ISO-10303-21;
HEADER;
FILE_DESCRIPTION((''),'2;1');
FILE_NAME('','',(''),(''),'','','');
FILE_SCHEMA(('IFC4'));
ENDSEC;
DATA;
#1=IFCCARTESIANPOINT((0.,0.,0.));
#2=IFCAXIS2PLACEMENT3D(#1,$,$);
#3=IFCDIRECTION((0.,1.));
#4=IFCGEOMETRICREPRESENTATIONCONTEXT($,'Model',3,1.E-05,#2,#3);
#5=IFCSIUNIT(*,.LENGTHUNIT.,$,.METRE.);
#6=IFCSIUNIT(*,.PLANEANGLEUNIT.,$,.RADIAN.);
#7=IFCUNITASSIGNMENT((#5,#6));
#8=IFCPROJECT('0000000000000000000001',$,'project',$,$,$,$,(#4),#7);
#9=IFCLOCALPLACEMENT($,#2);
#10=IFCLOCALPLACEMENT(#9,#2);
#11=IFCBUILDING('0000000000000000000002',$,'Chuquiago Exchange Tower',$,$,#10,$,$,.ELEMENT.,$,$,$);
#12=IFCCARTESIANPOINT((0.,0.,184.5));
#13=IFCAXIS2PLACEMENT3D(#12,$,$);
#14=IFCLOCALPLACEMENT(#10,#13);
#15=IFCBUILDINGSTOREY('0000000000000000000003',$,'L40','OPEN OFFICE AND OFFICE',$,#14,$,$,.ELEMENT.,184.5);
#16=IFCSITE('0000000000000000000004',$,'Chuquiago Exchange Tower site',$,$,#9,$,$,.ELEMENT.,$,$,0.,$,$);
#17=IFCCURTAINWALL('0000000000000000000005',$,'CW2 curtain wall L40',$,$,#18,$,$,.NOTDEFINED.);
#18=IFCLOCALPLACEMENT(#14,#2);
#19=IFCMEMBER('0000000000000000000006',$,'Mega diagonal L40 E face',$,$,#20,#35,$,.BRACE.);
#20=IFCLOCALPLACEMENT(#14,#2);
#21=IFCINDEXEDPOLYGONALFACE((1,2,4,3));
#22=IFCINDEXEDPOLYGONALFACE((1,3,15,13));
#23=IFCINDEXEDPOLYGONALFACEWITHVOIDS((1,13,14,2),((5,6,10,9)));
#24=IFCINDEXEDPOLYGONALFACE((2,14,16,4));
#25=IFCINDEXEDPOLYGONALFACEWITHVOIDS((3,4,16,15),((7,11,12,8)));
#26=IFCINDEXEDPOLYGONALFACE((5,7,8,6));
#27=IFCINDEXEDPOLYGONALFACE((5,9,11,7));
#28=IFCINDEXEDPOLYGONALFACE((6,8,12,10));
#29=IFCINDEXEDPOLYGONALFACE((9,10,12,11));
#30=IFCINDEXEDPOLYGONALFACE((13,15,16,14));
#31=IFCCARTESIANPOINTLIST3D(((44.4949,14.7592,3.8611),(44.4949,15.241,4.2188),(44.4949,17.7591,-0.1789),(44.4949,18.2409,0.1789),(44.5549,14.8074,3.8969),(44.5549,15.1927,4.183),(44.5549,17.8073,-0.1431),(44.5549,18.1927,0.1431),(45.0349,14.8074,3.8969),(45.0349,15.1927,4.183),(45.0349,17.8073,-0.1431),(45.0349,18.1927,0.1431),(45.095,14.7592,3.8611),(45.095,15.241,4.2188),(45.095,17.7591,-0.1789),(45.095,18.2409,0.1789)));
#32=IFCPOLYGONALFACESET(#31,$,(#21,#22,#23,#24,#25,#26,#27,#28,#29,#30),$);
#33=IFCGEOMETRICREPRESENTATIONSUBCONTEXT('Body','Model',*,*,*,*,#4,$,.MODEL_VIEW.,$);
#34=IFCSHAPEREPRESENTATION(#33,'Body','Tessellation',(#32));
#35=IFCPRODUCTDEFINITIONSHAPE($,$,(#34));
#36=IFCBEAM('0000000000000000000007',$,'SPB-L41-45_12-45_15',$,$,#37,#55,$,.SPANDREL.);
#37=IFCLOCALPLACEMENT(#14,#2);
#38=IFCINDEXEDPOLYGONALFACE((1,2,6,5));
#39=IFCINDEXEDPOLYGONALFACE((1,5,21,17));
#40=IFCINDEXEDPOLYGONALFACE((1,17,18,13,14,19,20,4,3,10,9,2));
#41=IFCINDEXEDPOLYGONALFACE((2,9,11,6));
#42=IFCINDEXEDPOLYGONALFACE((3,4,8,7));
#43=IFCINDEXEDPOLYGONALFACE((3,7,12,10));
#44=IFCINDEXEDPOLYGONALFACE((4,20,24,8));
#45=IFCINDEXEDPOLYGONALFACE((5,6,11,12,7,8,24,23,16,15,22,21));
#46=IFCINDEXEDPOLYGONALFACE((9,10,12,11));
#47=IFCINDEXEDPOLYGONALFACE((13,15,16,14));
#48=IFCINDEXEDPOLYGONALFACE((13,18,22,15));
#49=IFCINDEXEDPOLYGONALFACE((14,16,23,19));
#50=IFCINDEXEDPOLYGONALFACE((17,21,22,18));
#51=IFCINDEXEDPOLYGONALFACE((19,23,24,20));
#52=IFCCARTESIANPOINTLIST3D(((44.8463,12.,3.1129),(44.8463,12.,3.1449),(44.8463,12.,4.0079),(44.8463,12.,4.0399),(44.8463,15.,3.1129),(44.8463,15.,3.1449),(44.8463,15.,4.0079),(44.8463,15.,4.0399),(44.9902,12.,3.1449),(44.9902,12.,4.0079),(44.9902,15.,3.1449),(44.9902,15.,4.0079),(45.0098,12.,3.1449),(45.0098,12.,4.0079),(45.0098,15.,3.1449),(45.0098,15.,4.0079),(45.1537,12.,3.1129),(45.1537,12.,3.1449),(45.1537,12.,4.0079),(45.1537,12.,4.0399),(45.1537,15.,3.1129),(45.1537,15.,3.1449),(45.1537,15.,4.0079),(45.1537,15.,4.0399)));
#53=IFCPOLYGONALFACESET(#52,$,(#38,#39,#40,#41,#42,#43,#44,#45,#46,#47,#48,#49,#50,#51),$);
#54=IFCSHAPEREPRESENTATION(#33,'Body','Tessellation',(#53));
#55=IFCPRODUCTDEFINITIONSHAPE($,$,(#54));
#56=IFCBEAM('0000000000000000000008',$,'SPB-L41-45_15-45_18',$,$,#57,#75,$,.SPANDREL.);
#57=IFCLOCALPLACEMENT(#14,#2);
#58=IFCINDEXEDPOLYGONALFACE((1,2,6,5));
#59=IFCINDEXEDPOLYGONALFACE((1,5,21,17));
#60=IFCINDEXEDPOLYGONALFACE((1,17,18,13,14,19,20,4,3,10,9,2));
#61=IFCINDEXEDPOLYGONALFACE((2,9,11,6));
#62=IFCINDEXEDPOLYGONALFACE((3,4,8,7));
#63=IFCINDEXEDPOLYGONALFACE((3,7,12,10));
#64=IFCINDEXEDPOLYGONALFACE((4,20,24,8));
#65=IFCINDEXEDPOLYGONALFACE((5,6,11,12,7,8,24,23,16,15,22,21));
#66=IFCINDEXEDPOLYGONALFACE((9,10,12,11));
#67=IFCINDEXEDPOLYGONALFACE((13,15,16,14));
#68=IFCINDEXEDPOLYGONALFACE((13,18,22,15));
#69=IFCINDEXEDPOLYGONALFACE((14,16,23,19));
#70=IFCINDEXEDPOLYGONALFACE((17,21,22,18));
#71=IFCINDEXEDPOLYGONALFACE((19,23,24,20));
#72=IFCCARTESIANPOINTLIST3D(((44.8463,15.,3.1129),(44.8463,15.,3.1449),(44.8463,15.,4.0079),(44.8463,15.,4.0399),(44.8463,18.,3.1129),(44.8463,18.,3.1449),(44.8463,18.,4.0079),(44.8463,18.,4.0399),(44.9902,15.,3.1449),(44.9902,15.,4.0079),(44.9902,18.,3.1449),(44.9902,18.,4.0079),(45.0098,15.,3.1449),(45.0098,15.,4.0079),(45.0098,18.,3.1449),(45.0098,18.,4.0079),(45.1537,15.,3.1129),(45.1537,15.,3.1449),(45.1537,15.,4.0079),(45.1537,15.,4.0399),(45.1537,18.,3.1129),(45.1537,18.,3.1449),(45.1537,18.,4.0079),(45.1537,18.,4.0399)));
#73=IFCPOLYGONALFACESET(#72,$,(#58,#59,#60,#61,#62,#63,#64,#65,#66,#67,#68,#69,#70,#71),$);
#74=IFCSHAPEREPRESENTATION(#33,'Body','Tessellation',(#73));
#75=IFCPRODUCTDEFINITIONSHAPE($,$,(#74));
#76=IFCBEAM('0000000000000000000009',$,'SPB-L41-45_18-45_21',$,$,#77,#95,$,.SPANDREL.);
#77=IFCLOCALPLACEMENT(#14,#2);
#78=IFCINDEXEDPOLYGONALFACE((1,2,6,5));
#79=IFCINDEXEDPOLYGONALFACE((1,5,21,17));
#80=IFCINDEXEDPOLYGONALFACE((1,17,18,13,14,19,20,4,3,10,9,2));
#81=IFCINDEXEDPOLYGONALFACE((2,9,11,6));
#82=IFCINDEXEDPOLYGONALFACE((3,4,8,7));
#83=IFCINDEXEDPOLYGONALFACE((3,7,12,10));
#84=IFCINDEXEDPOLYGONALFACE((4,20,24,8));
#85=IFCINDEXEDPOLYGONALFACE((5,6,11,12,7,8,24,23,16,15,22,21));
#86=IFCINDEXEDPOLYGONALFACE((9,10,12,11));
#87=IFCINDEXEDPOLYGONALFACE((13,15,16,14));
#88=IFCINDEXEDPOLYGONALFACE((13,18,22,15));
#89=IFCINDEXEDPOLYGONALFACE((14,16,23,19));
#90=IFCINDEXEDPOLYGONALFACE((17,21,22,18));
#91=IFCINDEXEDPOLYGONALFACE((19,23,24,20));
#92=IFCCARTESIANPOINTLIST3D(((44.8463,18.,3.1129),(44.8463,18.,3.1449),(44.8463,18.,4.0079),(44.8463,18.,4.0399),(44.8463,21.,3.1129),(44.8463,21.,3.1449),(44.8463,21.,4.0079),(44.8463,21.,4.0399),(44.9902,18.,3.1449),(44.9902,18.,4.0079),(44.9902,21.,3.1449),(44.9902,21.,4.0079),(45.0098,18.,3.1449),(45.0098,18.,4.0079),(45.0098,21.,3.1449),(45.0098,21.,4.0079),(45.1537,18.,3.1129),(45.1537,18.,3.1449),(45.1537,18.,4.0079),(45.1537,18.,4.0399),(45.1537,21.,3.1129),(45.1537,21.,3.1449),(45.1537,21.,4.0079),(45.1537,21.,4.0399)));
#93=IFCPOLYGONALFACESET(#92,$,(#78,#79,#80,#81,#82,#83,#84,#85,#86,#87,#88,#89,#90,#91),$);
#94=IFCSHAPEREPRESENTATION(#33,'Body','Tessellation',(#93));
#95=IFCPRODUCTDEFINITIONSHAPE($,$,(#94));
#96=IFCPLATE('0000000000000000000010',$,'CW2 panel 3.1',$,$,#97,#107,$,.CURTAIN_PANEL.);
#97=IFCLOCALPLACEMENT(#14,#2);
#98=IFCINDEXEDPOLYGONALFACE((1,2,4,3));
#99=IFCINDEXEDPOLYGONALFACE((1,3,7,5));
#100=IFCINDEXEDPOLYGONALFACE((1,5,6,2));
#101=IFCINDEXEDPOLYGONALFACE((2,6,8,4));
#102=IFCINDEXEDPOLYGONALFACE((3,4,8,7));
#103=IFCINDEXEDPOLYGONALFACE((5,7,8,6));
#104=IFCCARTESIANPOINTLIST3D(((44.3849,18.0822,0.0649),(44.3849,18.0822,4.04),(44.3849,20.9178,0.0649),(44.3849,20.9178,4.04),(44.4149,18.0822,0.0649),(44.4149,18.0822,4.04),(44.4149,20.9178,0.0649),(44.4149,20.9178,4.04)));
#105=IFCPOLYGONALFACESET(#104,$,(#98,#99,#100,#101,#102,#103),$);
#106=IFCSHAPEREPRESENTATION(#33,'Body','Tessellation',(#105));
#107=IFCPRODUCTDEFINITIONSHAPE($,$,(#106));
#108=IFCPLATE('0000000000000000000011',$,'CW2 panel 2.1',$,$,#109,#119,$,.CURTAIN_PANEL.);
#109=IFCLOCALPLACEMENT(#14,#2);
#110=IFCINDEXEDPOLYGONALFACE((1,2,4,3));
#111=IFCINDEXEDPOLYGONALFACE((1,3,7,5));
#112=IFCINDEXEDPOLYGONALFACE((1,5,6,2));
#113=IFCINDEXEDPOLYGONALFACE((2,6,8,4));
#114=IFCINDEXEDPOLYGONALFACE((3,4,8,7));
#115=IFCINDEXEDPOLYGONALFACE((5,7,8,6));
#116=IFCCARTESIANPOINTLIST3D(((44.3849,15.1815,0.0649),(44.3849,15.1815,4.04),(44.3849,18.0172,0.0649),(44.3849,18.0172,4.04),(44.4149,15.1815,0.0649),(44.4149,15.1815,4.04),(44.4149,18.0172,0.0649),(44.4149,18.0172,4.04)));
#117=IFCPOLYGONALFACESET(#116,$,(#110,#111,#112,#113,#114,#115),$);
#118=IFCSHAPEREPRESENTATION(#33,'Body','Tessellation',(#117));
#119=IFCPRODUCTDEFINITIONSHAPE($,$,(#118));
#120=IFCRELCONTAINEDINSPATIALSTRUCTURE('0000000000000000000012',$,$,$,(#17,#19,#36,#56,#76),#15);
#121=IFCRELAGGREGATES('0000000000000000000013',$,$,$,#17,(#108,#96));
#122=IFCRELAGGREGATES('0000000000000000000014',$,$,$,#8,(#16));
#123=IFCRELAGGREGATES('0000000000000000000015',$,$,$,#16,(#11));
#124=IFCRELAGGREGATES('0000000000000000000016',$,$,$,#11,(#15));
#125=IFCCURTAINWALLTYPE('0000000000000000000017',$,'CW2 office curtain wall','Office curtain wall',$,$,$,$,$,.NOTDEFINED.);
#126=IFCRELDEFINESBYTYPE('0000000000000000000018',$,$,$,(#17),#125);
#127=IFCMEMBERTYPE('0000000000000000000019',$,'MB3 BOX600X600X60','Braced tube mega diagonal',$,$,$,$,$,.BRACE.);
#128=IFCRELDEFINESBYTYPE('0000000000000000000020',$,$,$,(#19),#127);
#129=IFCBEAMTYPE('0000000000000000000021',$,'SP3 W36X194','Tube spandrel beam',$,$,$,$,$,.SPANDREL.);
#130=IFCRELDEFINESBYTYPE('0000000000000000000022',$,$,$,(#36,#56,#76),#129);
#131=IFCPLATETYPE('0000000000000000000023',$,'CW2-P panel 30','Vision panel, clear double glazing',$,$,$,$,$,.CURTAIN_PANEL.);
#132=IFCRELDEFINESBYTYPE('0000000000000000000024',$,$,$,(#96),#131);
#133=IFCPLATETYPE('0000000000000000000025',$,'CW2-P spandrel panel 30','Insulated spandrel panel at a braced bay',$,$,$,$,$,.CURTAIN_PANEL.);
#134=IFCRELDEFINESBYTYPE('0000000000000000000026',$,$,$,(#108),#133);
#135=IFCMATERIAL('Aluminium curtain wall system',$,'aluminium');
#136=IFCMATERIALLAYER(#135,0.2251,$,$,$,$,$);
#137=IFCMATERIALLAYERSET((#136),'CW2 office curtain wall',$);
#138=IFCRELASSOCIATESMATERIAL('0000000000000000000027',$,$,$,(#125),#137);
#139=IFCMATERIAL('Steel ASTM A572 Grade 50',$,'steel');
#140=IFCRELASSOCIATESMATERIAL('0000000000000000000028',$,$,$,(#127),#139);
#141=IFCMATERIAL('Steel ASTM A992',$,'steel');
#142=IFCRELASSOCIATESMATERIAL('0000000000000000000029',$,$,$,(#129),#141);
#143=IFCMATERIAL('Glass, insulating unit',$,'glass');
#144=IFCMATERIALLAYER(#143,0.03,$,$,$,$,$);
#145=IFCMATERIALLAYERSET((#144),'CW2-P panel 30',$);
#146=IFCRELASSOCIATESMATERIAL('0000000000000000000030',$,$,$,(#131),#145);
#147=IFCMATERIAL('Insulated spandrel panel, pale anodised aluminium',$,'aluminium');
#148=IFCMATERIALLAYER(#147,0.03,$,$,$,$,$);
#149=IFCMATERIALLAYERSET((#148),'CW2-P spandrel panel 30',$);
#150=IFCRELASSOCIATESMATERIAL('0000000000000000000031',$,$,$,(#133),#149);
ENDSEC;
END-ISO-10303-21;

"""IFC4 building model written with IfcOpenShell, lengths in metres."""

from ifc_helpers import new_model, si_unit, direction, frame, origin, origin_2d, place, context, subcontext, project, spatial, rectangle, hollow_rectangle, i_section, extrude, material, layer, layer_set, material_profile, profile_set, type_object, element, aggregate, save


model = new_model("IFC4")

# Units and contexts
model_context = context("Model", 3, precision=1e-05, world=origin(), true_north=direction((0.0, 1.0)))
body_context = subcontext(model_context, "Body", "Model", "MODEL_VIEW")
ifc_project = project(units=[si_unit("LENGTHUNIT", "METRE"), si_unit("PLANEANGLEUNIT", "RADIAN")], contexts=[model_context])

# Site, building, storey
site_placement = place(None, origin())
site = spatial("IfcSite", under=ifc_project, at=site_placement, Name="Chuquiago Exchange Tower site", CompositionType="ELEMENT", RefElevation=0.0)
building_placement = place(site_placement, origin())
building = spatial("IfcBuilding", under=site, at=building_placement, Name="Chuquiago Exchange Tower", CompositionType="ELEMENT")
storey_placement = place(building_placement, frame((0.0, 0.0, 184.5)))
storey = spatial("IfcBuildingStorey", under=building, at=storey_placement, Name="L40", Description="OPEN OFFICE AND OFFICE", CompositionType="ELEMENT", Elevation=184.5)

# Curtain wall
ifc_material_1 = material(Name="Aluminium curtain wall system", Category="aluminium")
ifc_layer_1 = layer(ifc_material_1, 0.2251)
ifc_layer_set_1 = layer_set([ifc_layer_1], Name="CW2 office curtain wall")
curtain_wall_type = type_object("IfcCurtainWallType", Name="CW2 office curtain wall", Description="Office curtain wall", PredefinedType="NOTDEFINED", material=ifc_layer_set_1)
curtain_wall_placement = place(storey_placement, origin())
curtain_wall = element("IfcCurtainWall", 1, at=curtain_wall_placement, inside=storey, type_object=curtain_wall_type, Name="CW2 curtain wall L40", PredefinedType="NOTDEFINED")

# Member
ifc_material_2 = material(Name="Steel ASTM A572 Grade 50", Category="steel")
ifc_material_profile_1 = material_profile(ifc_material_2, hollow_rectangle(XDim=0.6001, YDim=0.6001, WallThickness=0.0601, at=origin_2d()), Name="BOX600X600X60")
ifc_profile_set_1 = profile_set([ifc_material_profile_1], Name="Steel ASTM A572 Grade 50")
member_type_1 = type_object("IfcMemberType", Name="MB3 BOX600X600X60", Description="Braced tube mega diagonal", PredefinedType="BRACE", material=ifc_profile_set_1)
for number, where, z_axis, x_axis, name in (
    (2, (44.7949, 18.0, 0.0), (0.0, -0.596174, 0.802855), (1.0, 0.0, 0.0), "Mega diagonal L40 E face"),
):
    element("IfcMember", number, at=place(storey_placement, frame(where, z_axis=z_axis, x_axis=x_axis)), inside=storey, type_object=member_type_1, Name=name, PredefinedType="BRACE", context=body_context, shape_type="SweptSolid", body=[
        extrude(hollow_rectangle(XDim=0.6001, YDim=0.6001, WallThickness=0.0601, at=origin_2d()), origin(), (0.0, 0.0, 1.0), 5.032),
    ])

# Beams
ifc_material_3 = material(Name="Steel ASTM A992", Category="steel")
ifc_material_profile_2 = material_profile(ifc_material_3, i_section(OverallWidth=0.3074, OverallDepth=0.927, WebThickness=0.0195, FlangeThickness=0.032, at=origin_2d()), Name="W36X194")
ifc_profile_set_2 = profile_set([ifc_material_profile_2], Name="Steel ASTM A992")
beam_type = type_object("IfcBeamType", Name="SP3 W36X194", Description="Tube spandrel beam", PredefinedType="SPANDREL", material=ifc_profile_set_2)
for number, where, z_axis, x_axis, name in (
    (3, (45.0, 12.0, 3.5764), (0.0, 1.0, 0.0), (-1.0, 0.0, 0.0), "SPB-L41-45_12-45_15"),
    (4, (45.0, 15.0, 3.5764), (0.0, 1.0, 0.0), (-1.0, 0.0, 0.0), "SPB-L41-45_15-45_18"),
    (5, (45.0, 18.0, 3.5764), (0.0, 1.0, 0.0), (-1.0, 0.0, 0.0), "SPB-L41-45_18-45_21"),
):
    element("IfcBeam", number, at=place(storey_placement, frame(where, z_axis=z_axis, x_axis=x_axis)), inside=storey, type_object=beam_type, Name=name, PredefinedType="SPANDREL", context=body_context, shape_type="SweptSolid", body=[
        extrude(i_section(OverallWidth=0.3074, OverallDepth=0.927, WebThickness=0.0195, FlangeThickness=0.032, at=origin_2d()), origin(), (0.0, 0.0, 1.0), 3.0),
    ])

# Plates
ifc_material_4 = material(Name="Glass, insulating unit", Category="glass")
ifc_layer_2 = layer(ifc_material_4, 0.03)
ifc_layer_set_2 = layer_set([ifc_layer_2], Name="CW2-P panel 30")
plate_type_1 = type_object("IfcPlateType", Name="CW2-P panel 30", Description="Vision panel, clear double glazing", PredefinedType="CURTAIN_PANEL", material=ifc_layer_set_2)
plate_1_placement = place(storey_placement, frame((44.3999, 19.5, 0.0649), z_axis=(0.0, 0.0, 1.0), x_axis=(0.0, 1.0, 0.0)))
plate_1 = element("IfcPlate", 6, at=plate_1_placement, type_object=plate_type_1, Name="CW2 panel 3.1", PredefinedType="CURTAIN_PANEL", context=body_context, shape_type="SweptSolid", body=[
    extrude(rectangle(XDim=2.8357, YDim=0.03, at=origin_2d()), origin(), (0.0, 0.0, 1.0), 3.9751),
])
ifc_material_5 = material(Name="Insulated spandrel panel, pale anodised aluminium", Category="aluminium")
ifc_layer_3 = layer(ifc_material_5, 0.03)
ifc_layer_set_3 = layer_set([ifc_layer_3], Name="CW2-P spandrel panel 30")
plate_type_2 = type_object("IfcPlateType", Name="CW2-P spandrel panel 30", Description="Insulated spandrel panel at a braced bay", PredefinedType="CURTAIN_PANEL", material=ifc_layer_set_3)
plate_2_placement = place(storey_placement, frame((44.3999, 16.5994, 0.0649), z_axis=(0.0, 0.0, 1.0), x_axis=(0.0, 1.0, 0.0)))
plate_2 = element("IfcPlate", 7, at=plate_2_placement, type_object=plate_type_2, Name="CW2 panel 2.1", PredefinedType="CURTAIN_PANEL", context=body_context, shape_type="SweptSolid", body=[
    extrude(rectangle(XDim=2.8357, YDim=0.03, at=origin_2d()), origin(), (0.0, 0.0, 1.0), 3.9751),
])
aggregate(curtain_wall, [plate_2, plate_1])

save(model, "model.ifc")
